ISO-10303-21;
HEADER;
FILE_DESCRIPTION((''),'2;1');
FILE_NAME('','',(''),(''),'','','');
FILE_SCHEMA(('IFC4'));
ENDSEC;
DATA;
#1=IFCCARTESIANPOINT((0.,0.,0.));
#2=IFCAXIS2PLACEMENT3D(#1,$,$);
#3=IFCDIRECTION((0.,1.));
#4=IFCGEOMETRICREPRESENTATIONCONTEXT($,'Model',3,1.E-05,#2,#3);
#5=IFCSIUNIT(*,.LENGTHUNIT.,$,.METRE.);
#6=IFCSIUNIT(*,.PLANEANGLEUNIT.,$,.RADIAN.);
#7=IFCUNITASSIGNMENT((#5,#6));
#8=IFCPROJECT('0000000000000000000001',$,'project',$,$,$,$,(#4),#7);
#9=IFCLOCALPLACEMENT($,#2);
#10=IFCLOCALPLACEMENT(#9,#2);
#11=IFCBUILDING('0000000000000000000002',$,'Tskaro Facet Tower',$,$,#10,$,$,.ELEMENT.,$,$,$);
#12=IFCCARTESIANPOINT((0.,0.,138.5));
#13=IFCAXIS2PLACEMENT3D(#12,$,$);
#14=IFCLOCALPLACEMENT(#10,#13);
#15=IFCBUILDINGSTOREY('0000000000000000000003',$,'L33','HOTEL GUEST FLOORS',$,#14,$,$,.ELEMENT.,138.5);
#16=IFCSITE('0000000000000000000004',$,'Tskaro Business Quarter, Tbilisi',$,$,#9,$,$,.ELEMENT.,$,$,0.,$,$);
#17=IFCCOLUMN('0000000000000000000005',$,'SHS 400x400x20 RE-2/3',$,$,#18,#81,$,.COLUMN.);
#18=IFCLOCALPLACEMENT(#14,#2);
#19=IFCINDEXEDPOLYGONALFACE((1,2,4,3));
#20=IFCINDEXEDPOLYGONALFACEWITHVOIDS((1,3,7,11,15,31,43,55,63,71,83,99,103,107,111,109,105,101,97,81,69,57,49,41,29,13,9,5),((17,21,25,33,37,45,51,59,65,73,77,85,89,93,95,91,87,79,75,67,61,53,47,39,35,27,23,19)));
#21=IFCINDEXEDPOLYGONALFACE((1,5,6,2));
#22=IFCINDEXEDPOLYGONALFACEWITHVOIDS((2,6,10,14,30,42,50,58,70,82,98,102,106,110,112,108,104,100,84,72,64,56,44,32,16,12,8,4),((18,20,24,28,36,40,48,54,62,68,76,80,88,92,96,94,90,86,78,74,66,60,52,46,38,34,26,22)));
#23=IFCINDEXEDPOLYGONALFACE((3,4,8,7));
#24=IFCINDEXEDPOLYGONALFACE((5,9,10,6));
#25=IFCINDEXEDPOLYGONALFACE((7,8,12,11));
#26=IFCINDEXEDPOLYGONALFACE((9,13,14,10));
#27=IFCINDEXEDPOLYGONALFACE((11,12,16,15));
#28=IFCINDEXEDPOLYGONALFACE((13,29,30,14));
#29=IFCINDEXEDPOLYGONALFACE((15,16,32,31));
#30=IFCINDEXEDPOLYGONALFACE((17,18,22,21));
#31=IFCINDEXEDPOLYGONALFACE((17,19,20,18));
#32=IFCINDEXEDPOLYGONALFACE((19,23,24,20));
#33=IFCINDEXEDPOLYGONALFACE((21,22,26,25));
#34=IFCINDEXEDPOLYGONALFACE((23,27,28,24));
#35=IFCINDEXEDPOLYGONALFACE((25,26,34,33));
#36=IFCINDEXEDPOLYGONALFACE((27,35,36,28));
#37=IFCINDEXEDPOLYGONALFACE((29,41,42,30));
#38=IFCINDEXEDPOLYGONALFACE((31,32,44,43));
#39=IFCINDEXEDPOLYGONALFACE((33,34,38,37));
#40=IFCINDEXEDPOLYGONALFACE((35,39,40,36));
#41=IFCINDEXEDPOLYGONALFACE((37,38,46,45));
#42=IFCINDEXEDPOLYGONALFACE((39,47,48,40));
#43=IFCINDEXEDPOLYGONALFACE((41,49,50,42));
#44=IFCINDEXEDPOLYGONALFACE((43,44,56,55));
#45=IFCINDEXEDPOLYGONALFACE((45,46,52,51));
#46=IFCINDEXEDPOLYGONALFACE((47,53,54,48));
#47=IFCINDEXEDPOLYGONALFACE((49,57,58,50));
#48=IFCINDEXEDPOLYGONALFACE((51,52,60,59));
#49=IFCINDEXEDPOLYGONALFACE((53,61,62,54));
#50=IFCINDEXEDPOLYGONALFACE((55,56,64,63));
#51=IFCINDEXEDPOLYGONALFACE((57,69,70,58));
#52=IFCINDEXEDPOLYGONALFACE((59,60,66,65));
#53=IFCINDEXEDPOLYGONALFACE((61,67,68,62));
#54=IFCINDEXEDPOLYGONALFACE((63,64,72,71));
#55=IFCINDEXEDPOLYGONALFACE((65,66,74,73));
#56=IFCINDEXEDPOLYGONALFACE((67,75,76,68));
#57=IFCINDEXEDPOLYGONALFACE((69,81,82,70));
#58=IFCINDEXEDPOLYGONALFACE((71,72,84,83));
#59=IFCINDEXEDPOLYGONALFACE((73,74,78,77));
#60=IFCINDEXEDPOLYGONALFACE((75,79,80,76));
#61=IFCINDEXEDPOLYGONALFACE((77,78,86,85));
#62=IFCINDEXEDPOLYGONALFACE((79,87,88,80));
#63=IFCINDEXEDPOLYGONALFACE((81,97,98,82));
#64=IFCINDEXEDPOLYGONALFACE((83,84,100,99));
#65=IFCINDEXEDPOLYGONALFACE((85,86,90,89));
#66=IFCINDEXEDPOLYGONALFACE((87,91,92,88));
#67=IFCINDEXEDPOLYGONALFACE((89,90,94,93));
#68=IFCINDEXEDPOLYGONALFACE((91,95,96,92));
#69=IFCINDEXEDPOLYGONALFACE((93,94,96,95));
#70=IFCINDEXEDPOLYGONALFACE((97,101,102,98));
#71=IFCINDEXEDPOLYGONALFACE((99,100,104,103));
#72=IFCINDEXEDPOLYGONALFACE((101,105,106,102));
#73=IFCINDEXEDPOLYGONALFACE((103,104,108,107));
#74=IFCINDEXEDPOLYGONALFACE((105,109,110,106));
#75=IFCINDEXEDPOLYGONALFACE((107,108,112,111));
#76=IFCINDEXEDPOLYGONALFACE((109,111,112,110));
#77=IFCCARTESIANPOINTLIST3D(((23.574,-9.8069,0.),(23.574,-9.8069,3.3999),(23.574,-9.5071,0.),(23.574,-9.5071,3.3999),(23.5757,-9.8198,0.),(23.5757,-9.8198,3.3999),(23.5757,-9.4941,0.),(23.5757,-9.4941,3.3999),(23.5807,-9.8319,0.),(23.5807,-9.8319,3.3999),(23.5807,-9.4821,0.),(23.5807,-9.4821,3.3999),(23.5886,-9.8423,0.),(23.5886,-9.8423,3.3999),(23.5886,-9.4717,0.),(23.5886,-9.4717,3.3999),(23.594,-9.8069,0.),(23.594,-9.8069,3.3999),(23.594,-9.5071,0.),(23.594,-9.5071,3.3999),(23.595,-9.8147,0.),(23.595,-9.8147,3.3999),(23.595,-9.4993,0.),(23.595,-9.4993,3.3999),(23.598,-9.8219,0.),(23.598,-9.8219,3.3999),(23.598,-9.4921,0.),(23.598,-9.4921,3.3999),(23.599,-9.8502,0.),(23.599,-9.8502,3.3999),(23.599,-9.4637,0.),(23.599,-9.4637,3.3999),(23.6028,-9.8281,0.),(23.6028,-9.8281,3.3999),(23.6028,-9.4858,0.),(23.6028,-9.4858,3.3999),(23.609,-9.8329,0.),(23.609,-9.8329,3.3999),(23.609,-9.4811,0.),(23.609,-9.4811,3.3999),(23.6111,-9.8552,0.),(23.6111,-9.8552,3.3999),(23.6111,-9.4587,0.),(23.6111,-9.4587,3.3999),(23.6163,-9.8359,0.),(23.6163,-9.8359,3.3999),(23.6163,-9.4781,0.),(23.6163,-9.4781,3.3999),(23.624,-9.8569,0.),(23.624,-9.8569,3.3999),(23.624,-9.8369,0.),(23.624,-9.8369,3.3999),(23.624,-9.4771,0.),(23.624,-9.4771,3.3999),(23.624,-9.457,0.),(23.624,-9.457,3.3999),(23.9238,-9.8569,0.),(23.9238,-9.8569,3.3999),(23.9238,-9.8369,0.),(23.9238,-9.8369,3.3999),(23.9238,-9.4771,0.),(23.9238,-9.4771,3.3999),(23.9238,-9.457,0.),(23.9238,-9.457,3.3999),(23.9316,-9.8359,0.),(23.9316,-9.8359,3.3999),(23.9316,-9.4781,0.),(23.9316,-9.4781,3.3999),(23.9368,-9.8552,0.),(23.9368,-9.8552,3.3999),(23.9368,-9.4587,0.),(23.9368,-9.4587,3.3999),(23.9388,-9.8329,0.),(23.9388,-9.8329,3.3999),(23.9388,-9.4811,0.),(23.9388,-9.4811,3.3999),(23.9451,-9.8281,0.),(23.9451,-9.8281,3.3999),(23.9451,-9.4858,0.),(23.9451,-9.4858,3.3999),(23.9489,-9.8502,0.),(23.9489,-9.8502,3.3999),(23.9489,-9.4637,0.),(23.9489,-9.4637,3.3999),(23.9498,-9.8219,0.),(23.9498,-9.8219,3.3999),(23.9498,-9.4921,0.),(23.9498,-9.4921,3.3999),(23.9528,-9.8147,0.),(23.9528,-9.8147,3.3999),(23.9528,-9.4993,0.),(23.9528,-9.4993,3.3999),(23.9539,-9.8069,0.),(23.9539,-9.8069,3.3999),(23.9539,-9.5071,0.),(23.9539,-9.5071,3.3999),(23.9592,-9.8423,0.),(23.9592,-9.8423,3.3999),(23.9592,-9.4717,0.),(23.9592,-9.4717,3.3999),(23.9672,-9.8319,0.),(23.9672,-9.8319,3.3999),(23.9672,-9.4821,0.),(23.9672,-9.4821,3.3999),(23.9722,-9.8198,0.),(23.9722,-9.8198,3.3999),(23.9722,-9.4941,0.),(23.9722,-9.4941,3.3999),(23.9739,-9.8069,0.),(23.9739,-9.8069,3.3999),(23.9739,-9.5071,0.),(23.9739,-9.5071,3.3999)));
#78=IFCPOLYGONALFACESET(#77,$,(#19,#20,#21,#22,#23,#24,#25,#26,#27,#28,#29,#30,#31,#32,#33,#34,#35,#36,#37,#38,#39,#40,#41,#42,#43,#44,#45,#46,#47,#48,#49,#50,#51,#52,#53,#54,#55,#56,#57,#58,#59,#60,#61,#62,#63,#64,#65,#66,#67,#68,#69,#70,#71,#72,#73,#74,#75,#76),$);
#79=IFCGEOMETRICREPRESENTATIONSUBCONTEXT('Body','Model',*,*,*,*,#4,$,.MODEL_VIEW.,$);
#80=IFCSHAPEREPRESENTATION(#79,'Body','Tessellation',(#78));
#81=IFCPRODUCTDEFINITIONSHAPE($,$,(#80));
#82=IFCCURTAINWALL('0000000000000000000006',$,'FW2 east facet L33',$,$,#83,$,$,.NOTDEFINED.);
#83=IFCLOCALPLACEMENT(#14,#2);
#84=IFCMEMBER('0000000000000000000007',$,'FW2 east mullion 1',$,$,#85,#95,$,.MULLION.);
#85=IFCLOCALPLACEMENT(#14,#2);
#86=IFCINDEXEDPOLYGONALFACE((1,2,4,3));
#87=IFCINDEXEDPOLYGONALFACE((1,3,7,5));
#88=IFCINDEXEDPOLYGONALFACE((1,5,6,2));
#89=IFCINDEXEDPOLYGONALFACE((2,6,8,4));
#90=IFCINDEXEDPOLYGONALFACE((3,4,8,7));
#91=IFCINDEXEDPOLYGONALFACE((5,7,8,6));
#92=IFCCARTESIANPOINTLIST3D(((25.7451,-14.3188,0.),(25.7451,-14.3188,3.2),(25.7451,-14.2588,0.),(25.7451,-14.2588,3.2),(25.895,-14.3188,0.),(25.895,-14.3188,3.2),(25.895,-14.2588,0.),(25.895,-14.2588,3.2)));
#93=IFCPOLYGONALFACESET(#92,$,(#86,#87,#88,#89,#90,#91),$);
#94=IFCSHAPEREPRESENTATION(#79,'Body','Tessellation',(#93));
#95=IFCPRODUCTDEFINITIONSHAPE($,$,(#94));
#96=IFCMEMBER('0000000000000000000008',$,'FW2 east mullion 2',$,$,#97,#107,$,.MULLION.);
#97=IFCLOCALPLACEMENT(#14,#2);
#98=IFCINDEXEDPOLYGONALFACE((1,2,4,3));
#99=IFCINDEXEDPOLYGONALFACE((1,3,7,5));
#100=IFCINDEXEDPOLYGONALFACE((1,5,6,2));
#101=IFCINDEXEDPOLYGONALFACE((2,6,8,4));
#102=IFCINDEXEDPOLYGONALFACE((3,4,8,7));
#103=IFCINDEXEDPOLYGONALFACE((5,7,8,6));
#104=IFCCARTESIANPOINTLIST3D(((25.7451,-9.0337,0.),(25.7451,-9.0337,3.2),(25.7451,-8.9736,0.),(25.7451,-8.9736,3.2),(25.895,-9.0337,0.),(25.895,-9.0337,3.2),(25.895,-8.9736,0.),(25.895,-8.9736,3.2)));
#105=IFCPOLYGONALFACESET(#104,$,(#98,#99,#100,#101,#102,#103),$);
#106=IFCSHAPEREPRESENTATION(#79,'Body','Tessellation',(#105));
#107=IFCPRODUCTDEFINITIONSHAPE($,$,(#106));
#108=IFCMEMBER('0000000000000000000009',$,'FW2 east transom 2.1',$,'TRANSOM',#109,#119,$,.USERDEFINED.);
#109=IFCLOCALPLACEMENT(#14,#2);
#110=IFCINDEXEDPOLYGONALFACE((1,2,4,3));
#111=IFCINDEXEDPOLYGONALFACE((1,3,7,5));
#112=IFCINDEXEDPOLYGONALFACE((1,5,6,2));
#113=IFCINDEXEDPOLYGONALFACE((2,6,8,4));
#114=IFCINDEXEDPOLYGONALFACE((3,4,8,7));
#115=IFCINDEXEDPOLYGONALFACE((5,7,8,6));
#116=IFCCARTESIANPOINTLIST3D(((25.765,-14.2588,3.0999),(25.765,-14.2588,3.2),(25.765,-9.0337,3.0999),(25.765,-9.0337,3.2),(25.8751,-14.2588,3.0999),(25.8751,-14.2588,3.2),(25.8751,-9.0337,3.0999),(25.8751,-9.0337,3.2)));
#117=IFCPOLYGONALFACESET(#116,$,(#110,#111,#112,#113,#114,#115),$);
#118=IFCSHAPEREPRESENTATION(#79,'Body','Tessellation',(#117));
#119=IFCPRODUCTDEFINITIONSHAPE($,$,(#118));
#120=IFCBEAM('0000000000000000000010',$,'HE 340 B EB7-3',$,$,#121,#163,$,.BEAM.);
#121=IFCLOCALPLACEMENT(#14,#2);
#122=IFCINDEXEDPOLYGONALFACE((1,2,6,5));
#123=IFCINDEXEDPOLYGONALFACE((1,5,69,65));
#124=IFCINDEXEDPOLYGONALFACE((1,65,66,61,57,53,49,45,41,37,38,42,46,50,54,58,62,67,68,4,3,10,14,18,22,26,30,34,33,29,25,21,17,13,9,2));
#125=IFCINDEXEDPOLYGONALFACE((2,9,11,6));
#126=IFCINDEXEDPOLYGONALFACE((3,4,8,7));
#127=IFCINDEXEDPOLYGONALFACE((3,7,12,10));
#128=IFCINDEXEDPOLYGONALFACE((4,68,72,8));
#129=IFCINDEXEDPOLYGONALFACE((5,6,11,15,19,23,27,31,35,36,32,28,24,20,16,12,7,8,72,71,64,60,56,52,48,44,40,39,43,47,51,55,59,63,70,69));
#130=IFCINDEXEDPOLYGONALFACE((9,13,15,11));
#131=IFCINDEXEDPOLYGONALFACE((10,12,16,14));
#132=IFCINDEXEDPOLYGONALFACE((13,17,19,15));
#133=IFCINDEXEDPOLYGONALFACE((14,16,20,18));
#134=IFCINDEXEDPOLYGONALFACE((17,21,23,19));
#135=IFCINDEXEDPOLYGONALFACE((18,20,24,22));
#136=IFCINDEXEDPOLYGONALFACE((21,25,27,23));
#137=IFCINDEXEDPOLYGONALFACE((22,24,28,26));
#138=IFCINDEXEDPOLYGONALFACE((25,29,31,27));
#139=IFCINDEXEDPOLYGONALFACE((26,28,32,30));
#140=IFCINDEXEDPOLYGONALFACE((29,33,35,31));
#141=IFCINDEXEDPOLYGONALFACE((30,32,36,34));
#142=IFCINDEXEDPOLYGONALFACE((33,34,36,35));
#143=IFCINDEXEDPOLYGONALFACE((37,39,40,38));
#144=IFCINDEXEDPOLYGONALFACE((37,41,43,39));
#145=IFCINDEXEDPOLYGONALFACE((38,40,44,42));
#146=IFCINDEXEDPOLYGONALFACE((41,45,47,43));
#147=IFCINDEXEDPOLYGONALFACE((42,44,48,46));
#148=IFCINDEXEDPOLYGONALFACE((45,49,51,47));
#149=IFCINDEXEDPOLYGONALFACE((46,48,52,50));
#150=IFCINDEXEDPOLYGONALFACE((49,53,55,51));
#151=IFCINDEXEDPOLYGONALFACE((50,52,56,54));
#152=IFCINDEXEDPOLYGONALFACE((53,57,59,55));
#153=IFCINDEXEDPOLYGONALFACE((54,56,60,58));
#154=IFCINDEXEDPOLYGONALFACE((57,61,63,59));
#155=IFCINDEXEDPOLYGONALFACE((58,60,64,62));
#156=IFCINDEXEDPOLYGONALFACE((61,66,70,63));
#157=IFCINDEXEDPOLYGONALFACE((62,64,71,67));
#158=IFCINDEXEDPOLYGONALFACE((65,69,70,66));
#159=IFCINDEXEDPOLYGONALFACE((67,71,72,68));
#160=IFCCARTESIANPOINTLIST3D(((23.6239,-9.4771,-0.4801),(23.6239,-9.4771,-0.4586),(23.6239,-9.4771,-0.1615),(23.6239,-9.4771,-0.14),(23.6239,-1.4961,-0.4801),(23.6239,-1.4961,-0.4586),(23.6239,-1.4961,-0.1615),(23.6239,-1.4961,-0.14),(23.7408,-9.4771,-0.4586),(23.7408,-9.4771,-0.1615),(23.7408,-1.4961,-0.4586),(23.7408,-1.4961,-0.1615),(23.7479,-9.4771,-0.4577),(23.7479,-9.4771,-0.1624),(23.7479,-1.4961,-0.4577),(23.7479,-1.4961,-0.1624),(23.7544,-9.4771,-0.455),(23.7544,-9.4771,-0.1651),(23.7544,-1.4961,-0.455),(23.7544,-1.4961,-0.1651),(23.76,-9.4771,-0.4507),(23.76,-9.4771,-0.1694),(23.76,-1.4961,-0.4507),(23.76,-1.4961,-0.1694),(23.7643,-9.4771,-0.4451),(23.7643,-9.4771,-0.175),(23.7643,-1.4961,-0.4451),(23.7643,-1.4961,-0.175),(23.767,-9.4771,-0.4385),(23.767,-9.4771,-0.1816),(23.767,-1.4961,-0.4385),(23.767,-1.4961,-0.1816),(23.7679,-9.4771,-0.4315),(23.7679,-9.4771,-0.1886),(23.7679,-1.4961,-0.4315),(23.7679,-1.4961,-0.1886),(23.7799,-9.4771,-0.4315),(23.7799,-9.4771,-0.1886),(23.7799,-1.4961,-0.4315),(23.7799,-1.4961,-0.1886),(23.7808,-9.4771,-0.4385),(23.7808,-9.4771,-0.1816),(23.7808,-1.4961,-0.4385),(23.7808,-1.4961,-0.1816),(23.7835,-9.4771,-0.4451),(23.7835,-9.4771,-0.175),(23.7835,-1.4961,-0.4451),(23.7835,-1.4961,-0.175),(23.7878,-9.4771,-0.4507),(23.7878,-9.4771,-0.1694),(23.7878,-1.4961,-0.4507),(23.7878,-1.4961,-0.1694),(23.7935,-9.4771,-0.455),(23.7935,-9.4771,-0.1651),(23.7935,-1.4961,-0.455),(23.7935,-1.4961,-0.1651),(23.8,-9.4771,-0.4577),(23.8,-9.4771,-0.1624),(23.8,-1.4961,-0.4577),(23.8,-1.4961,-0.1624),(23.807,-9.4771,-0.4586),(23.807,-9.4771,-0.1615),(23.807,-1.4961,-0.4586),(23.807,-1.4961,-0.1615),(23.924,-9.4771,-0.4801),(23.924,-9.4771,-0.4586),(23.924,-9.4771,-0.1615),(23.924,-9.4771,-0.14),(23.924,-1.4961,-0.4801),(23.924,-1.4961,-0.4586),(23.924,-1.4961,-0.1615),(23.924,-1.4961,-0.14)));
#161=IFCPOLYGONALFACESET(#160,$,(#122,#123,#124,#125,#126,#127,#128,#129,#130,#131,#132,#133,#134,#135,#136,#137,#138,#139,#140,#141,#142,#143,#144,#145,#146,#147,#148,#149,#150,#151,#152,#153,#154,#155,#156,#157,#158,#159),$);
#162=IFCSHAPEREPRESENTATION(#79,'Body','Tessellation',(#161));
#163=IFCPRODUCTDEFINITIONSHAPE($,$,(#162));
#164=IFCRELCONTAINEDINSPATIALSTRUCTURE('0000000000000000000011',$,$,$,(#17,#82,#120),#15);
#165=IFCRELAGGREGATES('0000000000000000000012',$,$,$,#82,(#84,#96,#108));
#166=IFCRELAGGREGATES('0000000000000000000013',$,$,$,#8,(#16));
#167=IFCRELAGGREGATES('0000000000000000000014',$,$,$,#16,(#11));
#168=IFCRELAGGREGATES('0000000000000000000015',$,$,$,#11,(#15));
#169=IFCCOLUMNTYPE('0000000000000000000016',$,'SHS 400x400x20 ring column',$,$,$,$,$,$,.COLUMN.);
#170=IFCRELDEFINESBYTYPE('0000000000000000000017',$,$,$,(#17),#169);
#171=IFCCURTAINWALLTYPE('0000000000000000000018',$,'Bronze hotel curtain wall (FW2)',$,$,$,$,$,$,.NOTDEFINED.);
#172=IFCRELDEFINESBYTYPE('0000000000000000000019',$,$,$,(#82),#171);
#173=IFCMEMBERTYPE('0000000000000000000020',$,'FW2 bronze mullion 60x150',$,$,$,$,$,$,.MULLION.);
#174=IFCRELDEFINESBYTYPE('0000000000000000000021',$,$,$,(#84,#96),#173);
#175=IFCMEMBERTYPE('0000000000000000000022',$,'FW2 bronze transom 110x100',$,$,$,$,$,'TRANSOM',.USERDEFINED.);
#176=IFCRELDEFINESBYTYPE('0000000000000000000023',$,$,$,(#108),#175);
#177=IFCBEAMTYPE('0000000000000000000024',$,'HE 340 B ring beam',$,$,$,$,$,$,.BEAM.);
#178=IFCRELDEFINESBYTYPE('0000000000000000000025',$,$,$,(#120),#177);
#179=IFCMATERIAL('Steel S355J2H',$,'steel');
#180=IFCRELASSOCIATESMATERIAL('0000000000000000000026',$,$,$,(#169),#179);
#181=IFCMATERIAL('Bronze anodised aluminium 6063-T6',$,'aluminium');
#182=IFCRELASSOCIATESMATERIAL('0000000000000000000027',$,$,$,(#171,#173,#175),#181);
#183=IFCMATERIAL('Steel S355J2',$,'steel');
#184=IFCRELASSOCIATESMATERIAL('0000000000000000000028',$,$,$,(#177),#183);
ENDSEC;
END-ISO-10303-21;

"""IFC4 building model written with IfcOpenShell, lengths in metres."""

from ifc_helpers import new_model, si_unit, direction, frame, origin, origin_2d, place, context, subcontext, project, spatial, rectangle, hollow_rectangle, i_section, extrude, material, material_profile, profile_set, type_object, element, aggregate, save


model = new_model("IFC4")

# Units and contexts
model_context = context("Model", 3, precision=1e-05, world=origin(), true_north=direction((0.0, 1.0)))
body_context = subcontext(model_context, "Body", "Model", "MODEL_VIEW")
ifc_project = project(units=[si_unit("LENGTHUNIT", "METRE"), si_unit("PLANEANGLEUNIT", "RADIAN")], contexts=[model_context])

# Site, building, storey
site_placement = place(None, origin())
site = spatial("IfcSite", under=ifc_project, at=site_placement, Name="Tskaro Business Quarter, Tbilisi", CompositionType="ELEMENT", RefElevation=0.0)
building_placement = place(site_placement, origin())
building = spatial("IfcBuilding", under=site, at=building_placement, Name="Tskaro Facet Tower", CompositionType="ELEMENT")
storey_placement = place(building_placement, frame((0.0, 0.0, 138.5)))
storey = spatial("IfcBuildingStorey", under=building, at=storey_placement, Name="L33", Description="HOTEL GUEST FLOORS", CompositionType="ELEMENT", Elevation=138.5)

# Column
ifc_material_1 = material(Name="Steel S355J2H", Category="steel")
ifc_material_profile_1 = material_profile(ifc_material_1, hollow_rectangle(XDim=0.3999, YDim=0.3999, WallThickness=0.02, InnerFilletRadius=0.03, OuterFilletRadius=0.05, at=origin_2d()), Name="SHS 400x400x20")
ifc_profile_set_1 = profile_set([ifc_material_profile_1], Name="Steel S355J2H")
column_type = type_object("IfcColumnType", Name="SHS 400x400x20 ring column", PredefinedType="COLUMN", material=ifc_profile_set_1)
column_placement = place(storey_placement, frame((23.7739, -9.657, 0.0), z_axis=(0.0, 0.0, 1.0), x_axis=(1.0, 0.0, 0.0)))
element("IfcColumn", 1, at=column_placement, inside=storey, type_object=column_type, Name="SHS 400x400x20 RE-2/3", PredefinedType="COLUMN", context=body_context, shape_type="SweptSolid", body=[
    extrude(hollow_rectangle(XDim=0.3999, YDim=0.3999, WallThickness=0.02, InnerFilletRadius=0.03, OuterFilletRadius=0.05, at=origin_2d()), origin(), (0.0, 0.0, 1.0), 3.3999),
])

# Curtain wall, members
ifc_material_2 = material(Name="Bronze anodised aluminium 6063-T6", Category="aluminium")
curtain_wall_type = type_object("IfcCurtainWallType", Name="Bronze hotel curtain wall (FW2)", PredefinedType="NOTDEFINED", material=ifc_material_2)
curtain_wall_placement = place(storey_placement, origin())
curtain_wall = element("IfcCurtainWall", 2, at=curtain_wall_placement, inside=storey, type_object=curtain_wall_type, Name="FW2 east facet L33", PredefinedType="NOTDEFINED")
ifc_material_profile_2 = material_profile(ifc_material_2, rectangle(XDim=0.0601, YDim=0.1499, at=origin_2d()), Name="Mullion 60x150")
ifc_profile_set_2 = profile_set([ifc_material_profile_2], Name="Bronze anodised aluminium 6063-T6")
member_type_1 = type_object("IfcMemberType", Name="FW2 bronze mullion 60x150", PredefinedType="MULLION", material=ifc_profile_set_2)
member_1_placement = place(storey_placement, frame((25.8201, -14.2888, 0.0), z_axis=(0.0, 0.0, 1.0), x_axis=(0.0, 1.0, 0.0)))
member_1 = element("IfcMember", 3, at=member_1_placement, type_object=member_type_1, Name="FW2 east mullion 1", PredefinedType="MULLION", context=body_context, shape_type="SweptSolid", body=[
    extrude(rectangle(XDim=0.0601, YDim=0.1499, at=origin_2d()), origin(), (0.0, 0.0, 1.0), 3.2),
])
member_2_placement = place(storey_placement, frame((25.8201, -9.0037, 0.0), z_axis=(0.0, 0.0, 1.0), x_axis=(0.0, 1.0, 0.0)))
member_2 = element("IfcMember", 4, at=member_2_placement, type_object=member_type_1, Name="FW2 east mullion 2", PredefinedType="MULLION", context=body_context, shape_type="SweptSolid", body=[
    extrude(rectangle(XDim=0.0601, YDim=0.1499, at=origin_2d()), origin(), (0.0, 0.0, 1.0), 3.2),
])
ifc_material_profile_3 = material_profile(ifc_material_2, rectangle(XDim=0.1101, YDim=0.1001, at=origin_2d()), Name="Transom 110x100")
ifc_profile_set_3 = profile_set([ifc_material_profile_3], Name="Bronze anodised aluminium 6063-T6")
member_type_2 = type_object("IfcMemberType", Name="FW2 bronze transom 110x100", ElementType="TRANSOM", PredefinedType="USERDEFINED", material=ifc_profile_set_3)
member_3_placement = place(storey_placement, frame((25.8201, -14.2588, 3.1499), z_axis=(0.0, 1.0, 0.0), x_axis=(-1.0, 0.0, 0.0)))
member_3 = element("IfcMember", 5, at=member_3_placement, type_object=member_type_2, Name="FW2 east transom 2.1", ObjectType="TRANSOM", PredefinedType="USERDEFINED", context=body_context, shape_type="SweptSolid", body=[
    extrude(rectangle(XDim=0.1101, YDim=0.1001, at=origin_2d()), origin(), (0.0, 0.0, 1.0), 5.2251),
])

# Beam
ifc_material_3 = material(Name="Steel S355J2", Category="steel")
ifc_material_profile_4 = material_profile(ifc_material_3, i_section(OverallWidth=0.3, OverallDepth=0.3401, WebThickness=0.012, FlangeThickness=0.0215, FilletRadius=0.0271, at=origin_2d()), Name="HE 340 B")
ifc_profile_set_4 = profile_set([ifc_material_profile_4], Name="Steel S355J2")
beam_type_1 = type_object("IfcBeamType", Name="HE 340 B ring beam", PredefinedType="BEAM", material=ifc_profile_set_4)
beam_1_placement = place(storey_placement, frame((23.7739, -9.4771, -0.3101), z_axis=(0.0, 1.0, 0.0), x_axis=(-1.0, 0.0, 0.0)))
element("IfcBeam", 6, at=beam_1_placement, inside=storey, type_object=beam_type_1, Name="HE 340 B EB7-3", PredefinedType="BEAM", context=body_context, shape_type="SweptSolid", body=[
    extrude(i_section(OverallWidth=0.3, OverallDepth=0.3401, WebThickness=0.012, FlangeThickness=0.0215, FilletRadius=0.0271, at=origin_2d()), origin(), (0.0, 0.0, 1.0), 7.981),
])

aggregate(curtain_wall, [member_1, member_2, member_3])

save(model, "model.ifc")
